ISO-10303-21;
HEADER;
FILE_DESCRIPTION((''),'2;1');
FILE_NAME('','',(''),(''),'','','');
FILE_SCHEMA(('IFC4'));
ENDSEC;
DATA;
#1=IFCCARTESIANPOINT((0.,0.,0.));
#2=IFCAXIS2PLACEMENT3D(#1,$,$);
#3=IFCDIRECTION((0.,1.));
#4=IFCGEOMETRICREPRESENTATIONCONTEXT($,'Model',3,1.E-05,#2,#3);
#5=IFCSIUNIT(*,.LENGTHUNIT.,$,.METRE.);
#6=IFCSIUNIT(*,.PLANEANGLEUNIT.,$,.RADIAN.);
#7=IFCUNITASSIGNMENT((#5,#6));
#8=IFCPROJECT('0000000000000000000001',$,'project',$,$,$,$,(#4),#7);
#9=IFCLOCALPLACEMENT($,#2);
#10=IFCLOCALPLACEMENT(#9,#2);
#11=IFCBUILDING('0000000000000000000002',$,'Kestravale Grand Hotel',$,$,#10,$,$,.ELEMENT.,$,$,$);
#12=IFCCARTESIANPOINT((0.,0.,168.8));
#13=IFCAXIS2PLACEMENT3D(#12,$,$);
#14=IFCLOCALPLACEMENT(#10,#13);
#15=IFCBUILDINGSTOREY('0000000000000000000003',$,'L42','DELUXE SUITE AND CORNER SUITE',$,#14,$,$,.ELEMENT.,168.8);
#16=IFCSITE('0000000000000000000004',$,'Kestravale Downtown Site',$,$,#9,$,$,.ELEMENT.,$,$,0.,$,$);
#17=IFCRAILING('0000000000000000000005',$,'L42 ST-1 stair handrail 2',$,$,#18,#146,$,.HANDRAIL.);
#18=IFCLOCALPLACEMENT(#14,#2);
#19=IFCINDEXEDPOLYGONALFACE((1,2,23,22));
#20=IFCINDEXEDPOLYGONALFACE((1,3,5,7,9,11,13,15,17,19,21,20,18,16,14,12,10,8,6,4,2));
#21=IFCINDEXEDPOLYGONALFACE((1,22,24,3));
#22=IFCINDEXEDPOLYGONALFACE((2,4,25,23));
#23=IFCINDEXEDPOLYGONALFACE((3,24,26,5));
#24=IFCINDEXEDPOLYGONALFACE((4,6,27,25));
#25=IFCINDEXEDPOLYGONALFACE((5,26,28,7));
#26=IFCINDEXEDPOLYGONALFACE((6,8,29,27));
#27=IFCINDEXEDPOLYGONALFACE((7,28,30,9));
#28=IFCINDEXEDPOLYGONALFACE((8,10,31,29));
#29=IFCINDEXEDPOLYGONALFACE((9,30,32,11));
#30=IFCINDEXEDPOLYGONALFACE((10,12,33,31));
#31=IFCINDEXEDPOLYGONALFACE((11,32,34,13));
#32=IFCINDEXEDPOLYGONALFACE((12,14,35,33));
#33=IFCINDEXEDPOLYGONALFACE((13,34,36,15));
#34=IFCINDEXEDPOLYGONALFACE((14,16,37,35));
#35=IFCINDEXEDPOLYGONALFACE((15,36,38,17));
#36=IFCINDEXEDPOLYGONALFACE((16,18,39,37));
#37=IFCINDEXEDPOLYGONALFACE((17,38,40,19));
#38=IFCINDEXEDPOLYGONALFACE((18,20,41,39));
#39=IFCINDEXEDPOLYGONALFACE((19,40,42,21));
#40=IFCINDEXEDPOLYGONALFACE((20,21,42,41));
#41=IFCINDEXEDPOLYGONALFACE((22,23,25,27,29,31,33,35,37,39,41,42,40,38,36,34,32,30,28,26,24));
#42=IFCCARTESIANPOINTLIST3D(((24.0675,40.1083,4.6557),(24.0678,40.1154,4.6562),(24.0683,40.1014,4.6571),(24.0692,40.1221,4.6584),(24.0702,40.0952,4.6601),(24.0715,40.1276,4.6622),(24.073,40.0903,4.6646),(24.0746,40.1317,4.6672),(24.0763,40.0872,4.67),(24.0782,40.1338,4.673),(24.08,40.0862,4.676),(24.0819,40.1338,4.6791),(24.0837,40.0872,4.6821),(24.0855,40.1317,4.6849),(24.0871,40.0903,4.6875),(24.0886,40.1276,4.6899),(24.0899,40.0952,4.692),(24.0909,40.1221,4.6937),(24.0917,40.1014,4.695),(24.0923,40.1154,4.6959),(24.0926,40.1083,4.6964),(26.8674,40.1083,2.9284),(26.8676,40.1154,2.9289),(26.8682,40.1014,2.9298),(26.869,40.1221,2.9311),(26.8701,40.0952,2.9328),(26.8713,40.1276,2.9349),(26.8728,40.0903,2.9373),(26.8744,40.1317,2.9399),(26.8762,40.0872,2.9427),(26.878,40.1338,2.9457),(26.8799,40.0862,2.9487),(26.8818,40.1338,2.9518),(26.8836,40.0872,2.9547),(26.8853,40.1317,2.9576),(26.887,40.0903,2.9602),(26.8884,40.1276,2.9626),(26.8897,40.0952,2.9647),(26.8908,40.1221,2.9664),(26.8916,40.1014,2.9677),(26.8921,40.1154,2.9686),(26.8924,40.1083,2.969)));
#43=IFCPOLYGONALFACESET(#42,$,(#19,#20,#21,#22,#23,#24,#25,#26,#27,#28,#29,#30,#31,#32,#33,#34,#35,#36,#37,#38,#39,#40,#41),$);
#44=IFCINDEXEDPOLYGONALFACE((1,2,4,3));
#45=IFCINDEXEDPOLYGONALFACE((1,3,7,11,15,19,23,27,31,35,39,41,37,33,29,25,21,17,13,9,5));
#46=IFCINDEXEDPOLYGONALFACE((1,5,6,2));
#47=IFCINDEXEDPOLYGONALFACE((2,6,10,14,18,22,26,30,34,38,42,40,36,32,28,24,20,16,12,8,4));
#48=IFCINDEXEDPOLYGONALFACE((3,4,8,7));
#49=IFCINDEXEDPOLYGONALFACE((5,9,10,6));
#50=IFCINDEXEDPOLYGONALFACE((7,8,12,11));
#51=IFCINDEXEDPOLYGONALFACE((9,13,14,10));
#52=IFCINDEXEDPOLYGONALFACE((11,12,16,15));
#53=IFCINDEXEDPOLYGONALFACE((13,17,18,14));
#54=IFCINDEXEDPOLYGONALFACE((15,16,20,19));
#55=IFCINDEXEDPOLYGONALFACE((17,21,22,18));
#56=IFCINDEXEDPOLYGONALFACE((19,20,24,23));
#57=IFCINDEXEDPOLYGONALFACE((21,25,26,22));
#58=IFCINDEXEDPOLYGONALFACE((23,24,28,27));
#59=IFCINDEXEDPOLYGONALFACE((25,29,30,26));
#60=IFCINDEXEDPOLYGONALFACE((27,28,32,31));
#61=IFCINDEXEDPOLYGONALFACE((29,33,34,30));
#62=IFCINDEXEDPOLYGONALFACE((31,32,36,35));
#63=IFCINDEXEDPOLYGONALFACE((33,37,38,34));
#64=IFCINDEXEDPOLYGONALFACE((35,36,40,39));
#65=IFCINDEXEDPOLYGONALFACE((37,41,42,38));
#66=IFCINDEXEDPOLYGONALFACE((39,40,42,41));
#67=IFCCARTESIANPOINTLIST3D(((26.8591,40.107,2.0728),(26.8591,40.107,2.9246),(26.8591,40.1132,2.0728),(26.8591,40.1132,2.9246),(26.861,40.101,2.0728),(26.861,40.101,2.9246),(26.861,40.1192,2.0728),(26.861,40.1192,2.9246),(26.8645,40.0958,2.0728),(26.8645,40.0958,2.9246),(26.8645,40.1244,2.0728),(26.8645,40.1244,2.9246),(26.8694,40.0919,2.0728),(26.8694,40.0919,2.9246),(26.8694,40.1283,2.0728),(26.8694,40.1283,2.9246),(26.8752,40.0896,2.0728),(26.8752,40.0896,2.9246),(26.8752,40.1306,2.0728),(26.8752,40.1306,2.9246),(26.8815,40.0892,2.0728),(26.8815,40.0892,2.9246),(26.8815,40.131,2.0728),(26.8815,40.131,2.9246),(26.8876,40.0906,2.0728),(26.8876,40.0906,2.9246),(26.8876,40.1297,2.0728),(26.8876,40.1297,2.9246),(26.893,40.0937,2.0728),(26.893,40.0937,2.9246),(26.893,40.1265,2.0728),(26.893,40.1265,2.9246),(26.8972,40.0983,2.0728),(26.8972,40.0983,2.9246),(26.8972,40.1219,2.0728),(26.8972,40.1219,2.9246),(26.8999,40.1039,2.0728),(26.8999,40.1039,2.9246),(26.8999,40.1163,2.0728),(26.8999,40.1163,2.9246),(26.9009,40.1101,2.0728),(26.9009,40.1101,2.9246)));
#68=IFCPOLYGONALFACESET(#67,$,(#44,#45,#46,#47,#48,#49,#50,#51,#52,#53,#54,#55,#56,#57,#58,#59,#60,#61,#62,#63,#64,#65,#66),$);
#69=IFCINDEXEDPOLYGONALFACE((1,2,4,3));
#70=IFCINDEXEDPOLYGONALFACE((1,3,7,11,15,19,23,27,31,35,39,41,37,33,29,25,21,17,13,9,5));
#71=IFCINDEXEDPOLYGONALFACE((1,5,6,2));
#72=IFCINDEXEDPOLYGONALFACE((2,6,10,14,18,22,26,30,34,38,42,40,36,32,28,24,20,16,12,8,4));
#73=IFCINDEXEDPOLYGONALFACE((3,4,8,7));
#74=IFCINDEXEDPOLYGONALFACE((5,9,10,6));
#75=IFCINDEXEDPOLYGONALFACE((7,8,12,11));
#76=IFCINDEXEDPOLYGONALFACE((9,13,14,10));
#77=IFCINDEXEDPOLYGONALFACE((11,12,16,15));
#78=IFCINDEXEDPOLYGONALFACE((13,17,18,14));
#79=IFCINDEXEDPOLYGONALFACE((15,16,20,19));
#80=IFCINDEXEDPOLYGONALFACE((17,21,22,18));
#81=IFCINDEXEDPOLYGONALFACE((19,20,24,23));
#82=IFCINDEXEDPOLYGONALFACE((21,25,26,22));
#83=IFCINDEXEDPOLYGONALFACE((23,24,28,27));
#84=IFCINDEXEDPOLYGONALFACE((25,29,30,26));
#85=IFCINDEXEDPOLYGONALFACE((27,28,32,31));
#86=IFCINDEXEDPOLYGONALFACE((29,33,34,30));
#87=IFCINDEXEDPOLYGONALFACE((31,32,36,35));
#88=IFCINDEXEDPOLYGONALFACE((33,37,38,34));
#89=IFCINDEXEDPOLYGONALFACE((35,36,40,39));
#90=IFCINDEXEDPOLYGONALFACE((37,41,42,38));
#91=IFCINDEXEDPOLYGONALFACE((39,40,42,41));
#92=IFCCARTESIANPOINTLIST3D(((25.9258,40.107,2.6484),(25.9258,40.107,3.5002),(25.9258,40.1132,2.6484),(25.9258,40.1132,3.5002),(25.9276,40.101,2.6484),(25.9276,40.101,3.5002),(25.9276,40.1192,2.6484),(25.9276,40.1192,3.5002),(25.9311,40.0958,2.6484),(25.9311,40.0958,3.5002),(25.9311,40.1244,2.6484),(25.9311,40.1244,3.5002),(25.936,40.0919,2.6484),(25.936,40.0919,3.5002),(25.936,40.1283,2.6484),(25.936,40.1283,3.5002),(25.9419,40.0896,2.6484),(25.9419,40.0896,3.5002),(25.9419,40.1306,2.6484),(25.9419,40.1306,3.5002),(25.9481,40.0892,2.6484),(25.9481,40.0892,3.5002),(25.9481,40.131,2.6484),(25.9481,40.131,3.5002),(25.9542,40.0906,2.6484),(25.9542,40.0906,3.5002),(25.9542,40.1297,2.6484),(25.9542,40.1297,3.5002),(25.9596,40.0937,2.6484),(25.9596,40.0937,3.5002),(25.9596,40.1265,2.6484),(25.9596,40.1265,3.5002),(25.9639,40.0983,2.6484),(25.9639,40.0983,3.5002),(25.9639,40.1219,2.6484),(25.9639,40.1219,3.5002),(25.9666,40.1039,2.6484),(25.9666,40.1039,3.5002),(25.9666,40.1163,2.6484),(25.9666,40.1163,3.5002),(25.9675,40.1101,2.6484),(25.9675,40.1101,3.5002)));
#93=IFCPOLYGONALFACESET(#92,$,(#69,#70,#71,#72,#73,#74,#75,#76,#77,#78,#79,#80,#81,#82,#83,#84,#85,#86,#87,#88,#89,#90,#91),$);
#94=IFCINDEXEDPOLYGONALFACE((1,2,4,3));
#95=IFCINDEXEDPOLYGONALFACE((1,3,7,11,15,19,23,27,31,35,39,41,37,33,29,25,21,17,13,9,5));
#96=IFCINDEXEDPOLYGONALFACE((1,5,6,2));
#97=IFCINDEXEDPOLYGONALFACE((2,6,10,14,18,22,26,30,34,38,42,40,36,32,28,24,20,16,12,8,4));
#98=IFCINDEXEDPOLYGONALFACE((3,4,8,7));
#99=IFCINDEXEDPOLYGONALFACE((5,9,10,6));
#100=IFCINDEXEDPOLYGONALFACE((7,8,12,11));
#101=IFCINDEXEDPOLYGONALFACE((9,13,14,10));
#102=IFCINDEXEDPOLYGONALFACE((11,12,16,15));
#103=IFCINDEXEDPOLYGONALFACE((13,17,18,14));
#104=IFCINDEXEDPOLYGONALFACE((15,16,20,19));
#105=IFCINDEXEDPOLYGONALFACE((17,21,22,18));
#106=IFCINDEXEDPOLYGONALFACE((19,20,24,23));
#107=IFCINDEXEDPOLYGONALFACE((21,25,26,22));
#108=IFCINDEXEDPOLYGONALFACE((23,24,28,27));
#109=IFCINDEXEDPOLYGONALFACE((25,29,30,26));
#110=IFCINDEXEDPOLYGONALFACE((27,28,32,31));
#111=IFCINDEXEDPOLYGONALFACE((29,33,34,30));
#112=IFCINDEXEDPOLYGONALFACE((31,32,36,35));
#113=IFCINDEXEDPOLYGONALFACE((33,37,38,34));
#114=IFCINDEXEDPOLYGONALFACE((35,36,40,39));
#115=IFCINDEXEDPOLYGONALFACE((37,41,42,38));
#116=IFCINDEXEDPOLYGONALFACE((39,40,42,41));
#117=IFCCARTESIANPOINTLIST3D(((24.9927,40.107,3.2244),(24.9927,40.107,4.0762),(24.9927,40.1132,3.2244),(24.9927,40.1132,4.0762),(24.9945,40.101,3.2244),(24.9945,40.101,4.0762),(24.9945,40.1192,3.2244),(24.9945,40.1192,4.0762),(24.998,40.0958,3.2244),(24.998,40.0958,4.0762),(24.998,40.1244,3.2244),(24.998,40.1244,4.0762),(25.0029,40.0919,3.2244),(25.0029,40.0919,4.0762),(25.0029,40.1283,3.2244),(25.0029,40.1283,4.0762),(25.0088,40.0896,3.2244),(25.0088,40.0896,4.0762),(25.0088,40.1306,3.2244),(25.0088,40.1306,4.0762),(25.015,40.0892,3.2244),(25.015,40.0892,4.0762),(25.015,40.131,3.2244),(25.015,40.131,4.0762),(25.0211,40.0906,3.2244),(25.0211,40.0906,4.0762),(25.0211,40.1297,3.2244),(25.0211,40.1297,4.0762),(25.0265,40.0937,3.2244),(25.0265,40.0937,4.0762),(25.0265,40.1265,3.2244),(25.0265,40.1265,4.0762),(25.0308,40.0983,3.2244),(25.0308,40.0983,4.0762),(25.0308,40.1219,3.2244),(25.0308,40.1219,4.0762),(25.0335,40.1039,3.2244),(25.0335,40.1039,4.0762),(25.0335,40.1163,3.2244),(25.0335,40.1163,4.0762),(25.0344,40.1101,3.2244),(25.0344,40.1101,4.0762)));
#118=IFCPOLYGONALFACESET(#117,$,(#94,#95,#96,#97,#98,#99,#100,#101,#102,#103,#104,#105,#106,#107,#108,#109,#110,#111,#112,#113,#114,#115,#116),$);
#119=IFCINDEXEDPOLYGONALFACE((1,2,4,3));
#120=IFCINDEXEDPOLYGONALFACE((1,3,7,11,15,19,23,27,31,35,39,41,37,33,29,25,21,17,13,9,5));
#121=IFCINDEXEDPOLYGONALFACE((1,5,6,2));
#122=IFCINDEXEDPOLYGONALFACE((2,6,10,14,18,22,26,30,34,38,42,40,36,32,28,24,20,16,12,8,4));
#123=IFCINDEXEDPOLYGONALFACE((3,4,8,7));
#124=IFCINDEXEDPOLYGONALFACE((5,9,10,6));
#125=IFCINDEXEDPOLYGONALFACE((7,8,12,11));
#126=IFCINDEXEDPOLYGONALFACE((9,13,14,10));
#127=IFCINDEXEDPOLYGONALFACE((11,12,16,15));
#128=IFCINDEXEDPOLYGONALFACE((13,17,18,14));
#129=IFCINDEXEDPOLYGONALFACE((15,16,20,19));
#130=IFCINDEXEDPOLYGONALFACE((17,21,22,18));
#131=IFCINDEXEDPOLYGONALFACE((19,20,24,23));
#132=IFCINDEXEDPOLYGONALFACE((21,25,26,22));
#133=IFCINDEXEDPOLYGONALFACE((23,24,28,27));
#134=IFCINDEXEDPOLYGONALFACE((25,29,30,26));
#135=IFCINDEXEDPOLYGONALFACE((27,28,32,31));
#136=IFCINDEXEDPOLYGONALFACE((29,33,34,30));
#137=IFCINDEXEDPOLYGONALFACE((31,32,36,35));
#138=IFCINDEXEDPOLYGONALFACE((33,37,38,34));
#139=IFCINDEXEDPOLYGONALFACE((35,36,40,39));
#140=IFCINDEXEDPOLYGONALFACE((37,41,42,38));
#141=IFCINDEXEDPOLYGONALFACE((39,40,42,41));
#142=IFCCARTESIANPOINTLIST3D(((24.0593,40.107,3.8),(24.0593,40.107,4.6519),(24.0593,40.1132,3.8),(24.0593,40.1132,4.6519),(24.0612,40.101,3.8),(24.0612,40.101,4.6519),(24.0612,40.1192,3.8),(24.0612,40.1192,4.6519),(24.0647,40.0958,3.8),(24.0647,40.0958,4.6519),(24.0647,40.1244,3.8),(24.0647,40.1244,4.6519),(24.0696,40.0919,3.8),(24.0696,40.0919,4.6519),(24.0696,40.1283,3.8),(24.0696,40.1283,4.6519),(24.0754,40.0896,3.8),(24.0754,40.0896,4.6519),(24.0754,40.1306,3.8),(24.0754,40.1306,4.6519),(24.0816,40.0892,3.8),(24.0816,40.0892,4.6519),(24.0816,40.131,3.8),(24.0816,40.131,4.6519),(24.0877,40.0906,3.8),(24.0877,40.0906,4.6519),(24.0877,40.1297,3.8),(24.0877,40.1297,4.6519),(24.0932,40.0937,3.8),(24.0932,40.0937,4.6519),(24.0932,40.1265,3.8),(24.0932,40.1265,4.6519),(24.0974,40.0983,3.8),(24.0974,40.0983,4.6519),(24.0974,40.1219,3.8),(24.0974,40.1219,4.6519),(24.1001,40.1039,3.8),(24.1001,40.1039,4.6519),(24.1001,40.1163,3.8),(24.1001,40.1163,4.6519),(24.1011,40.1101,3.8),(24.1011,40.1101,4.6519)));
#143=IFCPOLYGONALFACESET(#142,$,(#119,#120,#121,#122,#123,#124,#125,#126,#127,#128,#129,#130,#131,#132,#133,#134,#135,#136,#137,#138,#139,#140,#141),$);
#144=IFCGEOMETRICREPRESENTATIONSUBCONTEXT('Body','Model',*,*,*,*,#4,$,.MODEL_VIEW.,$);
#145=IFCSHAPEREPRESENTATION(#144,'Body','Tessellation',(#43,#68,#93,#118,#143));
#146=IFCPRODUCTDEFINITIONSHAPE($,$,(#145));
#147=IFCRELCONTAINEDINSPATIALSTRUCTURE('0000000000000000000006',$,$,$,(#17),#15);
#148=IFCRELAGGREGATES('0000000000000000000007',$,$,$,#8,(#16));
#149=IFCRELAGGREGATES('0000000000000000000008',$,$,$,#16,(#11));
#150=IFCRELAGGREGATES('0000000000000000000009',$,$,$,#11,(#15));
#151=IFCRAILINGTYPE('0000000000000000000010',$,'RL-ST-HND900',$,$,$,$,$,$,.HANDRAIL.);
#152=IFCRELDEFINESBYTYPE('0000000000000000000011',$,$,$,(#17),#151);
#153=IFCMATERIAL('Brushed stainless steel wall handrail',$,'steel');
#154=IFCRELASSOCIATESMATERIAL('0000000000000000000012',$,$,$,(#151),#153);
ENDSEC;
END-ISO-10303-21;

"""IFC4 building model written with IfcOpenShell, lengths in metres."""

from ifc_helpers import new_model, si_unit, direction, frame, origin, origin_2d, place, context, subcontext, project, spatial, circle, extrude, material, type_object, element, save


model = new_model("IFC4")

# Units and contexts
model_context = context("Model", 3, precision=1e-05, world=origin(), true_north=direction((0.0, 1.0)))
body_context = subcontext(model_context, "Body", "Model", "MODEL_VIEW")
ifc_project = project(units=[si_unit("LENGTHUNIT", "METRE"), si_unit("PLANEANGLEUNIT", "RADIAN")], contexts=[model_context])

# Site, building, storey
site_placement = place(None, origin())
site = spatial("IfcSite", under=ifc_project, at=site_placement, Name="Kestravale Downtown Site", CompositionType="ELEMENT", RefElevation=0.0)
building_placement = place(site_placement, origin())
building = spatial("IfcBuilding", under=site, at=building_placement, Name="Kestravale Grand Hotel", CompositionType="ELEMENT")
storey_placement = place(building_placement, frame((0.0, 0.0, 168.8)))
storey = spatial("IfcBuildingStorey", under=building, at=storey_placement, Name="L42", Description="DELUXE SUITE AND CORNER SUITE", CompositionType="ELEMENT", Elevation=168.8)

# Railing
ifc_material_1 = material(Name="Brushed stainless steel wall handrail", Category="steel")
railing_type_1 = type_object("IfcRailingType", Name="RL-ST-HND900", PredefinedType="HANDRAIL", material=ifc_material_1)
railing_1_placement = place(storey_placement, frame((26.8799, 40.1101, 2.0728)))
element("IfcRailing", 1, at=railing_1_placement, inside=storey, type_object=railing_type_1, Name="L42 ST-1 stair handrail 2", PredefinedType="HANDRAIL", context=body_context, shape_type="SweptSolid", body=[
    extrude(circle(Radius=0.0239, at=origin_2d()), frame((0.0, 0.0, 0.876), z_axis=(-0.851069, 0.0, 0.525054), x_axis=(0.0, -1.0, 0.0)), (0.0, 0.0, 1.0), 3.2898),
    extrude(circle(Radius=0.021, at=origin_2d()), origin(), (0.0, 0.0, 1.0), 0.8518),
    extrude(circle(Radius=0.021, at=origin_2d()), frame((-0.9333, 0.0, 0.5757)), (0.0, 0.0, 1.0), 0.8518),
    extrude(circle(Radius=0.021, at=origin_2d()), frame((-1.8665, 0.0, 1.1516)), (0.0, 0.0, 1.0), 0.8518),
    extrude(circle(Radius=0.021, at=origin_2d()), frame((-2.7998, 0.0, 1.7273)), (0.0, 0.0, 1.0), 0.8518),
])

save(model, "model.ifc")
